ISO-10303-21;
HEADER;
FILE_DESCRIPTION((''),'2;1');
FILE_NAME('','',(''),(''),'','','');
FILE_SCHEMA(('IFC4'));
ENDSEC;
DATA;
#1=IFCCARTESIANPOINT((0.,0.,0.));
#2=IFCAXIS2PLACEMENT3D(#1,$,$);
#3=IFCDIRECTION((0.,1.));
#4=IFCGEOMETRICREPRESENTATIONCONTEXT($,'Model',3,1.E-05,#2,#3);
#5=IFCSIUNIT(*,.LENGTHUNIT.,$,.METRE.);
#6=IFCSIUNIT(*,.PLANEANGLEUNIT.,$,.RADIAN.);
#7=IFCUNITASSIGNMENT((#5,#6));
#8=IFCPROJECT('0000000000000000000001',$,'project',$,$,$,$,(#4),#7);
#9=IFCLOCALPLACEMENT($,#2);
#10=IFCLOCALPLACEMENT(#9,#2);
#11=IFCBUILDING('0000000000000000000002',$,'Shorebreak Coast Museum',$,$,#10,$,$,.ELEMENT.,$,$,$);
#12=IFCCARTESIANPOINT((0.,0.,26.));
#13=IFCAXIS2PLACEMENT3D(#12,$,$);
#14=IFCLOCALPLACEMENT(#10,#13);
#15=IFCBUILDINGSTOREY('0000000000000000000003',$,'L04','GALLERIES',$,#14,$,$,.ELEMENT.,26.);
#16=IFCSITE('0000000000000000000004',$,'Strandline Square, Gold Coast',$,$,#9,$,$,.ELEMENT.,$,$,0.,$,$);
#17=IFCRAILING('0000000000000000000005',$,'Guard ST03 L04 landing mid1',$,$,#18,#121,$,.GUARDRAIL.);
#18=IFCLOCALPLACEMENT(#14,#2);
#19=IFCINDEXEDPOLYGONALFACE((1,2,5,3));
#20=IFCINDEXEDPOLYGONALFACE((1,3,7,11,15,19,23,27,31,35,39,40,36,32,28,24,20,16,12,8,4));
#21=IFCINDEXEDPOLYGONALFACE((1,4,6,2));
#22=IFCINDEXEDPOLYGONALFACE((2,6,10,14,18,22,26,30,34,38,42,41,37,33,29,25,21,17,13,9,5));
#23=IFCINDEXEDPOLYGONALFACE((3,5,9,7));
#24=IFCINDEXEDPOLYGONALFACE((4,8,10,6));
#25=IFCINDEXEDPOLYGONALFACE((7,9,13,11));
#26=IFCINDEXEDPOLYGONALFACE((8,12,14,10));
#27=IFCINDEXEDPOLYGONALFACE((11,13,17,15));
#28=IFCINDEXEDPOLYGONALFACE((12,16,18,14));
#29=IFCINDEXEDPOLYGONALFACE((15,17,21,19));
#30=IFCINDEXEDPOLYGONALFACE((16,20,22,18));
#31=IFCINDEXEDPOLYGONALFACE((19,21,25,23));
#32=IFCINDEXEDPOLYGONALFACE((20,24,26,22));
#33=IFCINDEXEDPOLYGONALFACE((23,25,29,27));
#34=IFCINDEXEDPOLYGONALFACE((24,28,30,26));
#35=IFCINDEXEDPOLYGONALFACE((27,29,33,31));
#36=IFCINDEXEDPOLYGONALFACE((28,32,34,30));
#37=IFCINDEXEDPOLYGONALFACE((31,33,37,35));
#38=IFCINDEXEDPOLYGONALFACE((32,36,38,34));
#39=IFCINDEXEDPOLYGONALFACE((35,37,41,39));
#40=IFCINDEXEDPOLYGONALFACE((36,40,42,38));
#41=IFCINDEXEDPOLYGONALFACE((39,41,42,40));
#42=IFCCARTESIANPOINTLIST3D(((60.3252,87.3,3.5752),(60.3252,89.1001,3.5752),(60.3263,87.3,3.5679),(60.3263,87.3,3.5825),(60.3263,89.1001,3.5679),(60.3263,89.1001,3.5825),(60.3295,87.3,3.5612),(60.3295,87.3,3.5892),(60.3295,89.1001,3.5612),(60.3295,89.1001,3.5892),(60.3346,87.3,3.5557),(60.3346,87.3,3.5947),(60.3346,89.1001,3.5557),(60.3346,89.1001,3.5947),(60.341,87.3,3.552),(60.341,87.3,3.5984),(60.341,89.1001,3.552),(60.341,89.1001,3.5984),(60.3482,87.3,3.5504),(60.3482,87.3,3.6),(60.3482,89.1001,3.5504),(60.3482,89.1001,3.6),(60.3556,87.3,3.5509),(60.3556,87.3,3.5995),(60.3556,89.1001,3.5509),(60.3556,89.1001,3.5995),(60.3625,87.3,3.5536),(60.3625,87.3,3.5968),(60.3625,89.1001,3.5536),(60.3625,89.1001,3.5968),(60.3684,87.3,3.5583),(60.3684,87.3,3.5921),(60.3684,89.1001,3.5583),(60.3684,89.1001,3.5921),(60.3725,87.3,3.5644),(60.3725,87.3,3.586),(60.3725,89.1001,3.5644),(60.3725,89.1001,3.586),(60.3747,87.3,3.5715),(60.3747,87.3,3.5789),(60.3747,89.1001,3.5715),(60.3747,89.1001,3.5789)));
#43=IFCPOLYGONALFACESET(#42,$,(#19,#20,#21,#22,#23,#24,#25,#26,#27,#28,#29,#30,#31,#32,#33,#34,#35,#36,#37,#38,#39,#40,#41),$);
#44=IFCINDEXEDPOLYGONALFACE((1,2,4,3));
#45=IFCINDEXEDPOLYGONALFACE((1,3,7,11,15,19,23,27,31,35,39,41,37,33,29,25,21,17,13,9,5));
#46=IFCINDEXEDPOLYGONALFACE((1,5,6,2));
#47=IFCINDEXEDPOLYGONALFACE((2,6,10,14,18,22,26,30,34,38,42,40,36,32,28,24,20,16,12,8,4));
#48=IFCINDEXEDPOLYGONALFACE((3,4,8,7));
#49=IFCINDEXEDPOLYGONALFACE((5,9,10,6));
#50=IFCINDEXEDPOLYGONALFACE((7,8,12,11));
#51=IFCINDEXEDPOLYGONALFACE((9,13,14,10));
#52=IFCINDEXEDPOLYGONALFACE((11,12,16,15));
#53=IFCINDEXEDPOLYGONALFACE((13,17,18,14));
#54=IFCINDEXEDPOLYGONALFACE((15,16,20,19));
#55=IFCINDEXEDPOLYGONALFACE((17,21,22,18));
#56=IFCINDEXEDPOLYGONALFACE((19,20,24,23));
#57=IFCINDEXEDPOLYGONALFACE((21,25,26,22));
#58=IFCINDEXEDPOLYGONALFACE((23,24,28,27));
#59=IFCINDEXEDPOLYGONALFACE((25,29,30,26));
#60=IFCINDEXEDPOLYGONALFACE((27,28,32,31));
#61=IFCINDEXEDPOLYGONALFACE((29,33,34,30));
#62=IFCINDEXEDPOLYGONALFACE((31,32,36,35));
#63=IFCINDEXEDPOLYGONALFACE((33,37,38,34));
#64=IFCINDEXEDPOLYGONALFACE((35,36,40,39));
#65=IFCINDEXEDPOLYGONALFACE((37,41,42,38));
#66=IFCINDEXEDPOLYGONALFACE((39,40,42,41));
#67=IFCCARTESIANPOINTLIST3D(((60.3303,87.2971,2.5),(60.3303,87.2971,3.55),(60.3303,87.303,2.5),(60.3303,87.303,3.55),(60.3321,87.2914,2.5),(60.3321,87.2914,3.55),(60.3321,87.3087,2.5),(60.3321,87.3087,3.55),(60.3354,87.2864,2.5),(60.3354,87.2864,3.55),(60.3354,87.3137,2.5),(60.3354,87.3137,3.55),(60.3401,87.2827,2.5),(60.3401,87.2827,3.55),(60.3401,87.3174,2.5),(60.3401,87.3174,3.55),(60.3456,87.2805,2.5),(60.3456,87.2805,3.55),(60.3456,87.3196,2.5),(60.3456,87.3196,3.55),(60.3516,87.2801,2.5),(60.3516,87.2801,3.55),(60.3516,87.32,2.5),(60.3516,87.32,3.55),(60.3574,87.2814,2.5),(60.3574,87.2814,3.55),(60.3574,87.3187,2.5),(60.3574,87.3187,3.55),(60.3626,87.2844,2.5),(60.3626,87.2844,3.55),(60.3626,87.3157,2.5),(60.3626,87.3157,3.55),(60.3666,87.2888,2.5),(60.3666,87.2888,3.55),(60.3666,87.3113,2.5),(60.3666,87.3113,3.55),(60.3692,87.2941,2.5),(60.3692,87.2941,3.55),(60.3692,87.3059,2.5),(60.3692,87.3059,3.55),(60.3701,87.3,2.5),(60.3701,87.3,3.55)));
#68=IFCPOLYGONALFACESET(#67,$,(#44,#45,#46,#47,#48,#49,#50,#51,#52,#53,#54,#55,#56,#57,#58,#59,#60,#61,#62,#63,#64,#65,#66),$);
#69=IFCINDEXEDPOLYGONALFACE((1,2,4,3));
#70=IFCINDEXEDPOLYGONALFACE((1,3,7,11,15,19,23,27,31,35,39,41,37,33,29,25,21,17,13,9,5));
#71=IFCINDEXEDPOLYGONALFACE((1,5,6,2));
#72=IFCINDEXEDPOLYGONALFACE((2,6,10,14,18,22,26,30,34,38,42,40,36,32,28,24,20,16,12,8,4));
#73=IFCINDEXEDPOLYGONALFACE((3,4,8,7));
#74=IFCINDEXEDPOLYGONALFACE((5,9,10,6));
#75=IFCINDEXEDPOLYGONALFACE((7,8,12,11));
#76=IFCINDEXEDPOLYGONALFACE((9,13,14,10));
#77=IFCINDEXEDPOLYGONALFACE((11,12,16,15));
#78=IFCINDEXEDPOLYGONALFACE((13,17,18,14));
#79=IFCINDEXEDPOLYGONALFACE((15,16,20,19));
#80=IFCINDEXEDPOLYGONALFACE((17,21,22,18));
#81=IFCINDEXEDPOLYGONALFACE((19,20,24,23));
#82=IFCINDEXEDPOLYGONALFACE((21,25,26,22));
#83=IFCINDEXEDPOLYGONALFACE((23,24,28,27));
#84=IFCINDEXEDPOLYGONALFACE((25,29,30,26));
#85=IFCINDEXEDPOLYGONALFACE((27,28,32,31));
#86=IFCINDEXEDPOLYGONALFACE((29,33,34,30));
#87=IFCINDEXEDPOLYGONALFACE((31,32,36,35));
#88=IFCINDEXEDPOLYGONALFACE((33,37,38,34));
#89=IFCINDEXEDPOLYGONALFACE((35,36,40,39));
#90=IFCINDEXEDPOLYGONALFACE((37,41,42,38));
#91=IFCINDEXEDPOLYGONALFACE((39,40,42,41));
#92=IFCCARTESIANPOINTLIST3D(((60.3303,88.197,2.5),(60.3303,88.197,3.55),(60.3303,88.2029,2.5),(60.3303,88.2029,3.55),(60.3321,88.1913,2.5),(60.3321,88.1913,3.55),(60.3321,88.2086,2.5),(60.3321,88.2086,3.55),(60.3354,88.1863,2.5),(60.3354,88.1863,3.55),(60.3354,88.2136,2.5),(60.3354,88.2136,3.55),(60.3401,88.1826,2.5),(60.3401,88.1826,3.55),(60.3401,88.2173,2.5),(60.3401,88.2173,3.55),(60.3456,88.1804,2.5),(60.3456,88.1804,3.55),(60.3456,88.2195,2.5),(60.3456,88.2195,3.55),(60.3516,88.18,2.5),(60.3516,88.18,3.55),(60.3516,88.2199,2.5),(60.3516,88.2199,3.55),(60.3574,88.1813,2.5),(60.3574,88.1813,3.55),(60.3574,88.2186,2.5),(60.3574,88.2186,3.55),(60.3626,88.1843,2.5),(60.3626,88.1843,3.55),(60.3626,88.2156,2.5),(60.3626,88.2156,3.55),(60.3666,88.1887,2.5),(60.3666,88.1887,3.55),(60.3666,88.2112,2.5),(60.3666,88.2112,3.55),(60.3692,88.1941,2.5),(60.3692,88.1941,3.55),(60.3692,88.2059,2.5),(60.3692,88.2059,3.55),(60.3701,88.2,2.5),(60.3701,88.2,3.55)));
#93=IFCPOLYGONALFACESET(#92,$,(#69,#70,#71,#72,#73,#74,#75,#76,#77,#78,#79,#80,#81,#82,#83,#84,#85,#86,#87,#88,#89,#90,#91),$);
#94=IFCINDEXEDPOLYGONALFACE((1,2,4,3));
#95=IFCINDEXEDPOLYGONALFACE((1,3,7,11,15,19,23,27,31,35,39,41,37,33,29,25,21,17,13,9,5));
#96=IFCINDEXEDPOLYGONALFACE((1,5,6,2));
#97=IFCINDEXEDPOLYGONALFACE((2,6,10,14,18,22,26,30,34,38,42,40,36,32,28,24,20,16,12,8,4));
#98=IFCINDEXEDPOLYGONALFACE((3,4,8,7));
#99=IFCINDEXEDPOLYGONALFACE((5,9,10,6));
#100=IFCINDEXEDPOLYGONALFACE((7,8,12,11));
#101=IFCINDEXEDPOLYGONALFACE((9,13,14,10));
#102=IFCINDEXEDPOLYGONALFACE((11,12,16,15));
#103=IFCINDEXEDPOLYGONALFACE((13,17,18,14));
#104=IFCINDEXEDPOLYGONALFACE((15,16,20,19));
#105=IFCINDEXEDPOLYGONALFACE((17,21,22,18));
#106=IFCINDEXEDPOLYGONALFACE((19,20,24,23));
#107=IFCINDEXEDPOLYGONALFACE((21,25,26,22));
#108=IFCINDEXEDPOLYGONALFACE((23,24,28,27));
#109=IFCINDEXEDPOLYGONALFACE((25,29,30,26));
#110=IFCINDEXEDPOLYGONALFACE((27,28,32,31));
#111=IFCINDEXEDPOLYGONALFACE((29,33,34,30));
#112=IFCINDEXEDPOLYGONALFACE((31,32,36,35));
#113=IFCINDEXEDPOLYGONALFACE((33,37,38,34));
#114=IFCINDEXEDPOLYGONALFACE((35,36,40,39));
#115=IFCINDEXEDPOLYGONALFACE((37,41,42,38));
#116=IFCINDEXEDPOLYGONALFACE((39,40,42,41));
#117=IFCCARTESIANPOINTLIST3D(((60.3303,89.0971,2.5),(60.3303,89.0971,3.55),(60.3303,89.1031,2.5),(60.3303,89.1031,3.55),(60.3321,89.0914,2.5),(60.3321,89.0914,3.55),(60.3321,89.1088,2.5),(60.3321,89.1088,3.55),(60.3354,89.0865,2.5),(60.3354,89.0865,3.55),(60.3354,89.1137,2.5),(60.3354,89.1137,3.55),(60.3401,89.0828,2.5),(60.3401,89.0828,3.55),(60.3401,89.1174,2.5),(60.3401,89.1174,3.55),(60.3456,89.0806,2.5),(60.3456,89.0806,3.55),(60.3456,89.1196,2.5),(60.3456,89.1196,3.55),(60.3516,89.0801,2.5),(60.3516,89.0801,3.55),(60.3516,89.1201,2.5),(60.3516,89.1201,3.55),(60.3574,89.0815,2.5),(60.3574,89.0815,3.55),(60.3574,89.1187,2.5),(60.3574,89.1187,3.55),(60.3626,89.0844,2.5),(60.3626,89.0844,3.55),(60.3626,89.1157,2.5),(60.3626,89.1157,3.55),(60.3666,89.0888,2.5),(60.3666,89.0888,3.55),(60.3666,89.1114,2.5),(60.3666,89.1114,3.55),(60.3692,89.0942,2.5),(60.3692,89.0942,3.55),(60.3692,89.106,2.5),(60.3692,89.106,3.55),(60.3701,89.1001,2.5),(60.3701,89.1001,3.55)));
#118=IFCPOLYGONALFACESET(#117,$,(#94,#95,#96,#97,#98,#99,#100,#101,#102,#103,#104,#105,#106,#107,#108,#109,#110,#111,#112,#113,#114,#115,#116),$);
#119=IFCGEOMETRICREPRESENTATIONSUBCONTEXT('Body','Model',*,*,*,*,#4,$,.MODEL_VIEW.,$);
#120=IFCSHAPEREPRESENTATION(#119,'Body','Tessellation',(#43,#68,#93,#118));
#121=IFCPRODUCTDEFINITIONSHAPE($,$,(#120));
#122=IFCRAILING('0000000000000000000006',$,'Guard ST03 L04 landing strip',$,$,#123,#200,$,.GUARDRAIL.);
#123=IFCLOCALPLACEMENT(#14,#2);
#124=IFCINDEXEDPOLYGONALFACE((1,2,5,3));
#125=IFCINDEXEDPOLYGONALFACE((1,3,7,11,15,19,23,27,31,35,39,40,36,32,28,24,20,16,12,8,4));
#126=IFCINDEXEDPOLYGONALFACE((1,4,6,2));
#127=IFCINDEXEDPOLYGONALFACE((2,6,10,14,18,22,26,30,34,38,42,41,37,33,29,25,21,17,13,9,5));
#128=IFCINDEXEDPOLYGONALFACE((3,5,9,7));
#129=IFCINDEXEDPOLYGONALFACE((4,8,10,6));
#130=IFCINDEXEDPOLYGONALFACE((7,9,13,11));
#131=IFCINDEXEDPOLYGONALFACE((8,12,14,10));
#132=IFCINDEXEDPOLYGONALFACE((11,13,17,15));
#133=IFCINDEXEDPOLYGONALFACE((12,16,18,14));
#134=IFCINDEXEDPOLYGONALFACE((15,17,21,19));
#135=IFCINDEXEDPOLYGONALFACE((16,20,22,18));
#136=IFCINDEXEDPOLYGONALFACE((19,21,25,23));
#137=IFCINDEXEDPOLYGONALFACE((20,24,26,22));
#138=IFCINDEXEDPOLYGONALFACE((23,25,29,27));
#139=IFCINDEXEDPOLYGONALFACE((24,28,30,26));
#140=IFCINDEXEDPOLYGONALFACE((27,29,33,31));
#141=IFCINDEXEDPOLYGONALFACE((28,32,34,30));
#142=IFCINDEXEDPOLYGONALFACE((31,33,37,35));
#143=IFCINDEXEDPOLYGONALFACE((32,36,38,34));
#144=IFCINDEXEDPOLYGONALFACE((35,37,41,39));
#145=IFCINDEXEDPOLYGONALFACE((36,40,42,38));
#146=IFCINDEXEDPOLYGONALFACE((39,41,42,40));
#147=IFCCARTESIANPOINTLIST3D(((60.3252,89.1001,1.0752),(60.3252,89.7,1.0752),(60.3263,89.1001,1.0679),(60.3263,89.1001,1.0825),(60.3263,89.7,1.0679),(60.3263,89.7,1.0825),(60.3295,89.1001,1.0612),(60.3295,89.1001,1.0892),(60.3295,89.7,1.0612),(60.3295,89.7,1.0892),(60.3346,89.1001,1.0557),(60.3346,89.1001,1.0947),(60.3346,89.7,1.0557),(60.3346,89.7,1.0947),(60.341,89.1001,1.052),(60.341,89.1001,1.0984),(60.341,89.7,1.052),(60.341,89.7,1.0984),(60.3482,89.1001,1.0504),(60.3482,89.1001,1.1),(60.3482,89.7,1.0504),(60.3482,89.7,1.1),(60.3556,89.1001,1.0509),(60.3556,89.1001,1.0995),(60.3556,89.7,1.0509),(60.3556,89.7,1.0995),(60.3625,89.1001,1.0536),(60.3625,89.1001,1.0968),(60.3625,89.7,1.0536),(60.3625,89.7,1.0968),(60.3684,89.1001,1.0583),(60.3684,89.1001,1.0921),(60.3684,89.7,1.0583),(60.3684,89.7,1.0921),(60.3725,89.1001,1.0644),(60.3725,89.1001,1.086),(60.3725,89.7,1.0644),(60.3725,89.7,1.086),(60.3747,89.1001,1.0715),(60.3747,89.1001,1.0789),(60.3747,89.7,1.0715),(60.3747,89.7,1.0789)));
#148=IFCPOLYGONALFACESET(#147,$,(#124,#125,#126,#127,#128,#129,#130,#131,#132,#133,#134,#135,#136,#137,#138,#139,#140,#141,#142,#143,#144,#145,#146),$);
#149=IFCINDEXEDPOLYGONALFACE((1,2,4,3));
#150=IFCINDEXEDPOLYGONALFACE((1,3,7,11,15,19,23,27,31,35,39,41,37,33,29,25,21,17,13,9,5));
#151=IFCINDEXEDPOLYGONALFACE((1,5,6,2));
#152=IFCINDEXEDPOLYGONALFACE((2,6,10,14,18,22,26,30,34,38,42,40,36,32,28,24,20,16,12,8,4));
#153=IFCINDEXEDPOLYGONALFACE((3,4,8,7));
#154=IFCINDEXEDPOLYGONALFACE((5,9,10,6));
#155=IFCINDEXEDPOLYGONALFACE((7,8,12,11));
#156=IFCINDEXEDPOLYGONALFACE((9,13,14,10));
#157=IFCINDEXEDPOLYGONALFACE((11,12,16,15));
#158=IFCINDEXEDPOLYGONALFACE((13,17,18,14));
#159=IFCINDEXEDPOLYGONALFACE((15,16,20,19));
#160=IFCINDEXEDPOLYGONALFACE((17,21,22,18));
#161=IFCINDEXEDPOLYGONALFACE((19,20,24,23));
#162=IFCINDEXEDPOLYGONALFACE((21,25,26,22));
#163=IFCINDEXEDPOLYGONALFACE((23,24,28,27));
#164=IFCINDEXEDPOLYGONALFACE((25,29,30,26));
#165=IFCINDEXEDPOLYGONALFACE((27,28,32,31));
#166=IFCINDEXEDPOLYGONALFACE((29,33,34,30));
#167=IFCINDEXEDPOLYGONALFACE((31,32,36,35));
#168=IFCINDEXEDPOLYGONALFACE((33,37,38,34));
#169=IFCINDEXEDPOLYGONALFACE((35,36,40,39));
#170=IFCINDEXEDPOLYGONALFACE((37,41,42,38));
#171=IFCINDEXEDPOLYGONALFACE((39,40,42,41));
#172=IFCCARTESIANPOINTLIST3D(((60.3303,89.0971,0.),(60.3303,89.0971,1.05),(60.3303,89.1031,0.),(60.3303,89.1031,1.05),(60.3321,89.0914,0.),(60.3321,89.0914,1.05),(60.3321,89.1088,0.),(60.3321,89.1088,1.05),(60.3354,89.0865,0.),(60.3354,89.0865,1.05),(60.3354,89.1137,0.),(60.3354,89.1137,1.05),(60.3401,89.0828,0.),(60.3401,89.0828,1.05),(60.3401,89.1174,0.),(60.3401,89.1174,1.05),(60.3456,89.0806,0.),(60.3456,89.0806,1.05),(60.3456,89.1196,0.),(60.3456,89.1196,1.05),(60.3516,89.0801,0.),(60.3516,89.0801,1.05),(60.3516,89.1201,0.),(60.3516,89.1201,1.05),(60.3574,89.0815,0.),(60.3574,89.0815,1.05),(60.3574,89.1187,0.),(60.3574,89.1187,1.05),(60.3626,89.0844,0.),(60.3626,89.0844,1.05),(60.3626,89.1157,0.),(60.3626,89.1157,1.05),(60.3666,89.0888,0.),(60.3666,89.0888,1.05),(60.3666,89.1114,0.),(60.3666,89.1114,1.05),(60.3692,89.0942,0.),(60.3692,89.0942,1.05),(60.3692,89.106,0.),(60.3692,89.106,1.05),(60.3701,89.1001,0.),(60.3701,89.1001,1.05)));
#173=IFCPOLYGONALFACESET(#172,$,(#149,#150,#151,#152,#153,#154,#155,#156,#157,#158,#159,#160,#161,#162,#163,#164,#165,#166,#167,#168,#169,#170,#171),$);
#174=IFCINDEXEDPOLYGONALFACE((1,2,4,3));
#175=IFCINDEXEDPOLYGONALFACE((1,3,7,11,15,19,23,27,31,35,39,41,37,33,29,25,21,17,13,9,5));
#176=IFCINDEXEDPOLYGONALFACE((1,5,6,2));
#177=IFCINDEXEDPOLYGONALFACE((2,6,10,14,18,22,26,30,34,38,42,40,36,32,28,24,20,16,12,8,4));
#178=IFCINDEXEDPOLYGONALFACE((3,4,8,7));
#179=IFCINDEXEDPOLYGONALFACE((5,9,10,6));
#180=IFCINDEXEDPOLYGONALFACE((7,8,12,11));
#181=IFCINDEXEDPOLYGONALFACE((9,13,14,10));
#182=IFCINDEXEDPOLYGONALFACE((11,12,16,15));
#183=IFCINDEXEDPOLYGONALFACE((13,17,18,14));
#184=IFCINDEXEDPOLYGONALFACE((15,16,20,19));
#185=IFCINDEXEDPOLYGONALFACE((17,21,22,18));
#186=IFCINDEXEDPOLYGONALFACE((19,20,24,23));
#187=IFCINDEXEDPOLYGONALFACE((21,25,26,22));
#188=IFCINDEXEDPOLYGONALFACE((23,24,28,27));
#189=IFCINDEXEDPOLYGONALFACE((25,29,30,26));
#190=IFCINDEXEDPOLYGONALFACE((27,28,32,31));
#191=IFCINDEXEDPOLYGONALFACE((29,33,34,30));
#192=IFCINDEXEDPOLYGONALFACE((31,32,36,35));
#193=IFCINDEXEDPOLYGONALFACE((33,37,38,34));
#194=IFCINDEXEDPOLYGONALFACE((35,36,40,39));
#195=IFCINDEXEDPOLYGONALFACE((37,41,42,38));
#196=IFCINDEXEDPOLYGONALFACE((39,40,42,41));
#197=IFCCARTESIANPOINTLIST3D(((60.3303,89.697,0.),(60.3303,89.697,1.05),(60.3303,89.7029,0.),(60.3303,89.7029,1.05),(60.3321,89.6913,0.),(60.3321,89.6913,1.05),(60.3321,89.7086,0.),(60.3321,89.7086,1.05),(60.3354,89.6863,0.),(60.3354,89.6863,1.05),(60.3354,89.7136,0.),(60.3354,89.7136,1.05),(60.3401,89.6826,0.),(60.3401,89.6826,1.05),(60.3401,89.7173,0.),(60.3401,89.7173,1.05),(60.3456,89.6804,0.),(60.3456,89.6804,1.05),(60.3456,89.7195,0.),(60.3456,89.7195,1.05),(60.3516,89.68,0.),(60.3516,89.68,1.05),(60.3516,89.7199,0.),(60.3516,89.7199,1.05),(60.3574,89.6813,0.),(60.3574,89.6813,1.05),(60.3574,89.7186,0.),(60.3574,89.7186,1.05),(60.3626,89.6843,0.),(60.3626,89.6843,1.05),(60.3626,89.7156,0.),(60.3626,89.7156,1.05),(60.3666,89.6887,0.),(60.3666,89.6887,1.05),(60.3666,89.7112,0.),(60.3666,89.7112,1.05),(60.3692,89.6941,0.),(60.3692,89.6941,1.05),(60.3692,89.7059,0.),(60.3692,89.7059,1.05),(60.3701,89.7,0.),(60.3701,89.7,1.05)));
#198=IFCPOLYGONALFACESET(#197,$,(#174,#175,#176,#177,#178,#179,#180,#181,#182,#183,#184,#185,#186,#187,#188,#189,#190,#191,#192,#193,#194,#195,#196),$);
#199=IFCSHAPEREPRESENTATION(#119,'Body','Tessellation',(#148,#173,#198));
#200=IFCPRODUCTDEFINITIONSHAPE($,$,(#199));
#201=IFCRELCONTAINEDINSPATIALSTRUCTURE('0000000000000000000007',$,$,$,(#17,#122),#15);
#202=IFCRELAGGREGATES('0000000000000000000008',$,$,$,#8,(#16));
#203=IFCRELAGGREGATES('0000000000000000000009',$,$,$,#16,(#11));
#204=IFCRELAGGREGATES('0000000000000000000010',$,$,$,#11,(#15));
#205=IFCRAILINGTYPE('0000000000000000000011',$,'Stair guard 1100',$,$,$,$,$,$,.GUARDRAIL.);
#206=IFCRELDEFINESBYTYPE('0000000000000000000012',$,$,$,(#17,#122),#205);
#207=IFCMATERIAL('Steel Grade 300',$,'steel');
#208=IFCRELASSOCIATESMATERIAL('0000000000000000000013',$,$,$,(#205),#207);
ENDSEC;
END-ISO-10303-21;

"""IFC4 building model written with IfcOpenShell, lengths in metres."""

from ifc_helpers import new_model, si_unit, direction, frame, origin, origin_2d, place, context, subcontext, project, spatial, circle, extrude, material, type_object, element, save


model = new_model("IFC4")

# Units and contexts
model_context = context("Model", 3, precision=1e-05, world=origin(), true_north=direction((0.0, 1.0)))
body_context = subcontext(model_context, "Body", "Model", "MODEL_VIEW")
ifc_project = project(units=[si_unit("LENGTHUNIT", "METRE"), si_unit("PLANEANGLEUNIT", "RADIAN")], contexts=[model_context])

# Site, building, storey
site_placement = place(None, origin())
site = spatial("IfcSite", under=ifc_project, at=site_placement, Name="Strandline Square, Gold Coast", CompositionType="ELEMENT", RefElevation=0.0)
building_placement = place(site_placement, origin())
building = spatial("IfcBuilding", under=site, at=building_placement, Name="Shorebreak Coast Museum", CompositionType="ELEMENT")
storey_placement = place(building_placement, frame((0.0, 0.0, 26.0)))
storey = spatial("IfcBuildingStorey", under=building, at=storey_placement, Name="L04", Description="GALLERIES", CompositionType="ELEMENT", Elevation=26.0)

# Railings
ifc_material_1 = material(Name="Steel Grade 300", Category="steel")
railing_type_1 = type_object("IfcRailingType", Name="Stair guard 1100", PredefinedType="GUARDRAIL", material=ifc_material_1)
for number, where, name in (
    (1, (60.3501, 87.3, 2.5), "Guard ST03 L04 landing mid1"),
):
    element("IfcRailing", number, at=place(storey_placement, frame(where)), inside=storey, type_object=railing_type_1, Name=name, PredefinedType="GUARDRAIL", context=body_context, shape_type="SweptSolid", body=[
        extrude(circle(Radius=0.0249, at=origin_2d()), frame((0.0, 0.0, 1.0752), z_axis=(0.0, 1.0, 0.0), x_axis=(-1.0, 0.0, 0.0)), (0.0, 0.0, 1.0), 1.8),
        extrude(circle(Radius=0.02, at=origin_2d()), origin(), (0.0, 0.0, 1.0), 1.05),
        extrude(circle(Radius=0.02, at=origin_2d()), frame((0.0, 0.8999, 0.0)), (0.0, 0.0, 1.0), 1.05),
        extrude(circle(Radius=0.02, at=origin_2d()), frame((0.0, 1.8, 0.0)), (0.0, 0.0, 1.0), 1.05),
    ])
for number, where, name in (
    (2, (60.3501, 89.1001, 0.0), "Guard ST03 L04 landing strip"),
):
    element("IfcRailing", number, at=place(storey_placement, frame(where)), inside=storey, type_object=railing_type_1, Name=name, PredefinedType="GUARDRAIL", context=body_context, shape_type="SweptSolid", body=[
        extrude(circle(Radius=0.0249, at=origin_2d()), frame((0.0, 0.0, 1.0752), z_axis=(0.0, 1.0, 0.0), x_axis=(-1.0, 0.0, 0.0)), (0.0, 0.0, 1.0), 0.5999),
        extrude(circle(Radius=0.02, at=origin_2d()), origin(), (0.0, 0.0, 1.0), 1.05),
        extrude(circle(Radius=0.02, at=origin_2d()), frame((0.0, 0.5999, 0.0)), (0.0, 0.0, 1.0), 1.05),
    ])

save(model, "model.ifc")
